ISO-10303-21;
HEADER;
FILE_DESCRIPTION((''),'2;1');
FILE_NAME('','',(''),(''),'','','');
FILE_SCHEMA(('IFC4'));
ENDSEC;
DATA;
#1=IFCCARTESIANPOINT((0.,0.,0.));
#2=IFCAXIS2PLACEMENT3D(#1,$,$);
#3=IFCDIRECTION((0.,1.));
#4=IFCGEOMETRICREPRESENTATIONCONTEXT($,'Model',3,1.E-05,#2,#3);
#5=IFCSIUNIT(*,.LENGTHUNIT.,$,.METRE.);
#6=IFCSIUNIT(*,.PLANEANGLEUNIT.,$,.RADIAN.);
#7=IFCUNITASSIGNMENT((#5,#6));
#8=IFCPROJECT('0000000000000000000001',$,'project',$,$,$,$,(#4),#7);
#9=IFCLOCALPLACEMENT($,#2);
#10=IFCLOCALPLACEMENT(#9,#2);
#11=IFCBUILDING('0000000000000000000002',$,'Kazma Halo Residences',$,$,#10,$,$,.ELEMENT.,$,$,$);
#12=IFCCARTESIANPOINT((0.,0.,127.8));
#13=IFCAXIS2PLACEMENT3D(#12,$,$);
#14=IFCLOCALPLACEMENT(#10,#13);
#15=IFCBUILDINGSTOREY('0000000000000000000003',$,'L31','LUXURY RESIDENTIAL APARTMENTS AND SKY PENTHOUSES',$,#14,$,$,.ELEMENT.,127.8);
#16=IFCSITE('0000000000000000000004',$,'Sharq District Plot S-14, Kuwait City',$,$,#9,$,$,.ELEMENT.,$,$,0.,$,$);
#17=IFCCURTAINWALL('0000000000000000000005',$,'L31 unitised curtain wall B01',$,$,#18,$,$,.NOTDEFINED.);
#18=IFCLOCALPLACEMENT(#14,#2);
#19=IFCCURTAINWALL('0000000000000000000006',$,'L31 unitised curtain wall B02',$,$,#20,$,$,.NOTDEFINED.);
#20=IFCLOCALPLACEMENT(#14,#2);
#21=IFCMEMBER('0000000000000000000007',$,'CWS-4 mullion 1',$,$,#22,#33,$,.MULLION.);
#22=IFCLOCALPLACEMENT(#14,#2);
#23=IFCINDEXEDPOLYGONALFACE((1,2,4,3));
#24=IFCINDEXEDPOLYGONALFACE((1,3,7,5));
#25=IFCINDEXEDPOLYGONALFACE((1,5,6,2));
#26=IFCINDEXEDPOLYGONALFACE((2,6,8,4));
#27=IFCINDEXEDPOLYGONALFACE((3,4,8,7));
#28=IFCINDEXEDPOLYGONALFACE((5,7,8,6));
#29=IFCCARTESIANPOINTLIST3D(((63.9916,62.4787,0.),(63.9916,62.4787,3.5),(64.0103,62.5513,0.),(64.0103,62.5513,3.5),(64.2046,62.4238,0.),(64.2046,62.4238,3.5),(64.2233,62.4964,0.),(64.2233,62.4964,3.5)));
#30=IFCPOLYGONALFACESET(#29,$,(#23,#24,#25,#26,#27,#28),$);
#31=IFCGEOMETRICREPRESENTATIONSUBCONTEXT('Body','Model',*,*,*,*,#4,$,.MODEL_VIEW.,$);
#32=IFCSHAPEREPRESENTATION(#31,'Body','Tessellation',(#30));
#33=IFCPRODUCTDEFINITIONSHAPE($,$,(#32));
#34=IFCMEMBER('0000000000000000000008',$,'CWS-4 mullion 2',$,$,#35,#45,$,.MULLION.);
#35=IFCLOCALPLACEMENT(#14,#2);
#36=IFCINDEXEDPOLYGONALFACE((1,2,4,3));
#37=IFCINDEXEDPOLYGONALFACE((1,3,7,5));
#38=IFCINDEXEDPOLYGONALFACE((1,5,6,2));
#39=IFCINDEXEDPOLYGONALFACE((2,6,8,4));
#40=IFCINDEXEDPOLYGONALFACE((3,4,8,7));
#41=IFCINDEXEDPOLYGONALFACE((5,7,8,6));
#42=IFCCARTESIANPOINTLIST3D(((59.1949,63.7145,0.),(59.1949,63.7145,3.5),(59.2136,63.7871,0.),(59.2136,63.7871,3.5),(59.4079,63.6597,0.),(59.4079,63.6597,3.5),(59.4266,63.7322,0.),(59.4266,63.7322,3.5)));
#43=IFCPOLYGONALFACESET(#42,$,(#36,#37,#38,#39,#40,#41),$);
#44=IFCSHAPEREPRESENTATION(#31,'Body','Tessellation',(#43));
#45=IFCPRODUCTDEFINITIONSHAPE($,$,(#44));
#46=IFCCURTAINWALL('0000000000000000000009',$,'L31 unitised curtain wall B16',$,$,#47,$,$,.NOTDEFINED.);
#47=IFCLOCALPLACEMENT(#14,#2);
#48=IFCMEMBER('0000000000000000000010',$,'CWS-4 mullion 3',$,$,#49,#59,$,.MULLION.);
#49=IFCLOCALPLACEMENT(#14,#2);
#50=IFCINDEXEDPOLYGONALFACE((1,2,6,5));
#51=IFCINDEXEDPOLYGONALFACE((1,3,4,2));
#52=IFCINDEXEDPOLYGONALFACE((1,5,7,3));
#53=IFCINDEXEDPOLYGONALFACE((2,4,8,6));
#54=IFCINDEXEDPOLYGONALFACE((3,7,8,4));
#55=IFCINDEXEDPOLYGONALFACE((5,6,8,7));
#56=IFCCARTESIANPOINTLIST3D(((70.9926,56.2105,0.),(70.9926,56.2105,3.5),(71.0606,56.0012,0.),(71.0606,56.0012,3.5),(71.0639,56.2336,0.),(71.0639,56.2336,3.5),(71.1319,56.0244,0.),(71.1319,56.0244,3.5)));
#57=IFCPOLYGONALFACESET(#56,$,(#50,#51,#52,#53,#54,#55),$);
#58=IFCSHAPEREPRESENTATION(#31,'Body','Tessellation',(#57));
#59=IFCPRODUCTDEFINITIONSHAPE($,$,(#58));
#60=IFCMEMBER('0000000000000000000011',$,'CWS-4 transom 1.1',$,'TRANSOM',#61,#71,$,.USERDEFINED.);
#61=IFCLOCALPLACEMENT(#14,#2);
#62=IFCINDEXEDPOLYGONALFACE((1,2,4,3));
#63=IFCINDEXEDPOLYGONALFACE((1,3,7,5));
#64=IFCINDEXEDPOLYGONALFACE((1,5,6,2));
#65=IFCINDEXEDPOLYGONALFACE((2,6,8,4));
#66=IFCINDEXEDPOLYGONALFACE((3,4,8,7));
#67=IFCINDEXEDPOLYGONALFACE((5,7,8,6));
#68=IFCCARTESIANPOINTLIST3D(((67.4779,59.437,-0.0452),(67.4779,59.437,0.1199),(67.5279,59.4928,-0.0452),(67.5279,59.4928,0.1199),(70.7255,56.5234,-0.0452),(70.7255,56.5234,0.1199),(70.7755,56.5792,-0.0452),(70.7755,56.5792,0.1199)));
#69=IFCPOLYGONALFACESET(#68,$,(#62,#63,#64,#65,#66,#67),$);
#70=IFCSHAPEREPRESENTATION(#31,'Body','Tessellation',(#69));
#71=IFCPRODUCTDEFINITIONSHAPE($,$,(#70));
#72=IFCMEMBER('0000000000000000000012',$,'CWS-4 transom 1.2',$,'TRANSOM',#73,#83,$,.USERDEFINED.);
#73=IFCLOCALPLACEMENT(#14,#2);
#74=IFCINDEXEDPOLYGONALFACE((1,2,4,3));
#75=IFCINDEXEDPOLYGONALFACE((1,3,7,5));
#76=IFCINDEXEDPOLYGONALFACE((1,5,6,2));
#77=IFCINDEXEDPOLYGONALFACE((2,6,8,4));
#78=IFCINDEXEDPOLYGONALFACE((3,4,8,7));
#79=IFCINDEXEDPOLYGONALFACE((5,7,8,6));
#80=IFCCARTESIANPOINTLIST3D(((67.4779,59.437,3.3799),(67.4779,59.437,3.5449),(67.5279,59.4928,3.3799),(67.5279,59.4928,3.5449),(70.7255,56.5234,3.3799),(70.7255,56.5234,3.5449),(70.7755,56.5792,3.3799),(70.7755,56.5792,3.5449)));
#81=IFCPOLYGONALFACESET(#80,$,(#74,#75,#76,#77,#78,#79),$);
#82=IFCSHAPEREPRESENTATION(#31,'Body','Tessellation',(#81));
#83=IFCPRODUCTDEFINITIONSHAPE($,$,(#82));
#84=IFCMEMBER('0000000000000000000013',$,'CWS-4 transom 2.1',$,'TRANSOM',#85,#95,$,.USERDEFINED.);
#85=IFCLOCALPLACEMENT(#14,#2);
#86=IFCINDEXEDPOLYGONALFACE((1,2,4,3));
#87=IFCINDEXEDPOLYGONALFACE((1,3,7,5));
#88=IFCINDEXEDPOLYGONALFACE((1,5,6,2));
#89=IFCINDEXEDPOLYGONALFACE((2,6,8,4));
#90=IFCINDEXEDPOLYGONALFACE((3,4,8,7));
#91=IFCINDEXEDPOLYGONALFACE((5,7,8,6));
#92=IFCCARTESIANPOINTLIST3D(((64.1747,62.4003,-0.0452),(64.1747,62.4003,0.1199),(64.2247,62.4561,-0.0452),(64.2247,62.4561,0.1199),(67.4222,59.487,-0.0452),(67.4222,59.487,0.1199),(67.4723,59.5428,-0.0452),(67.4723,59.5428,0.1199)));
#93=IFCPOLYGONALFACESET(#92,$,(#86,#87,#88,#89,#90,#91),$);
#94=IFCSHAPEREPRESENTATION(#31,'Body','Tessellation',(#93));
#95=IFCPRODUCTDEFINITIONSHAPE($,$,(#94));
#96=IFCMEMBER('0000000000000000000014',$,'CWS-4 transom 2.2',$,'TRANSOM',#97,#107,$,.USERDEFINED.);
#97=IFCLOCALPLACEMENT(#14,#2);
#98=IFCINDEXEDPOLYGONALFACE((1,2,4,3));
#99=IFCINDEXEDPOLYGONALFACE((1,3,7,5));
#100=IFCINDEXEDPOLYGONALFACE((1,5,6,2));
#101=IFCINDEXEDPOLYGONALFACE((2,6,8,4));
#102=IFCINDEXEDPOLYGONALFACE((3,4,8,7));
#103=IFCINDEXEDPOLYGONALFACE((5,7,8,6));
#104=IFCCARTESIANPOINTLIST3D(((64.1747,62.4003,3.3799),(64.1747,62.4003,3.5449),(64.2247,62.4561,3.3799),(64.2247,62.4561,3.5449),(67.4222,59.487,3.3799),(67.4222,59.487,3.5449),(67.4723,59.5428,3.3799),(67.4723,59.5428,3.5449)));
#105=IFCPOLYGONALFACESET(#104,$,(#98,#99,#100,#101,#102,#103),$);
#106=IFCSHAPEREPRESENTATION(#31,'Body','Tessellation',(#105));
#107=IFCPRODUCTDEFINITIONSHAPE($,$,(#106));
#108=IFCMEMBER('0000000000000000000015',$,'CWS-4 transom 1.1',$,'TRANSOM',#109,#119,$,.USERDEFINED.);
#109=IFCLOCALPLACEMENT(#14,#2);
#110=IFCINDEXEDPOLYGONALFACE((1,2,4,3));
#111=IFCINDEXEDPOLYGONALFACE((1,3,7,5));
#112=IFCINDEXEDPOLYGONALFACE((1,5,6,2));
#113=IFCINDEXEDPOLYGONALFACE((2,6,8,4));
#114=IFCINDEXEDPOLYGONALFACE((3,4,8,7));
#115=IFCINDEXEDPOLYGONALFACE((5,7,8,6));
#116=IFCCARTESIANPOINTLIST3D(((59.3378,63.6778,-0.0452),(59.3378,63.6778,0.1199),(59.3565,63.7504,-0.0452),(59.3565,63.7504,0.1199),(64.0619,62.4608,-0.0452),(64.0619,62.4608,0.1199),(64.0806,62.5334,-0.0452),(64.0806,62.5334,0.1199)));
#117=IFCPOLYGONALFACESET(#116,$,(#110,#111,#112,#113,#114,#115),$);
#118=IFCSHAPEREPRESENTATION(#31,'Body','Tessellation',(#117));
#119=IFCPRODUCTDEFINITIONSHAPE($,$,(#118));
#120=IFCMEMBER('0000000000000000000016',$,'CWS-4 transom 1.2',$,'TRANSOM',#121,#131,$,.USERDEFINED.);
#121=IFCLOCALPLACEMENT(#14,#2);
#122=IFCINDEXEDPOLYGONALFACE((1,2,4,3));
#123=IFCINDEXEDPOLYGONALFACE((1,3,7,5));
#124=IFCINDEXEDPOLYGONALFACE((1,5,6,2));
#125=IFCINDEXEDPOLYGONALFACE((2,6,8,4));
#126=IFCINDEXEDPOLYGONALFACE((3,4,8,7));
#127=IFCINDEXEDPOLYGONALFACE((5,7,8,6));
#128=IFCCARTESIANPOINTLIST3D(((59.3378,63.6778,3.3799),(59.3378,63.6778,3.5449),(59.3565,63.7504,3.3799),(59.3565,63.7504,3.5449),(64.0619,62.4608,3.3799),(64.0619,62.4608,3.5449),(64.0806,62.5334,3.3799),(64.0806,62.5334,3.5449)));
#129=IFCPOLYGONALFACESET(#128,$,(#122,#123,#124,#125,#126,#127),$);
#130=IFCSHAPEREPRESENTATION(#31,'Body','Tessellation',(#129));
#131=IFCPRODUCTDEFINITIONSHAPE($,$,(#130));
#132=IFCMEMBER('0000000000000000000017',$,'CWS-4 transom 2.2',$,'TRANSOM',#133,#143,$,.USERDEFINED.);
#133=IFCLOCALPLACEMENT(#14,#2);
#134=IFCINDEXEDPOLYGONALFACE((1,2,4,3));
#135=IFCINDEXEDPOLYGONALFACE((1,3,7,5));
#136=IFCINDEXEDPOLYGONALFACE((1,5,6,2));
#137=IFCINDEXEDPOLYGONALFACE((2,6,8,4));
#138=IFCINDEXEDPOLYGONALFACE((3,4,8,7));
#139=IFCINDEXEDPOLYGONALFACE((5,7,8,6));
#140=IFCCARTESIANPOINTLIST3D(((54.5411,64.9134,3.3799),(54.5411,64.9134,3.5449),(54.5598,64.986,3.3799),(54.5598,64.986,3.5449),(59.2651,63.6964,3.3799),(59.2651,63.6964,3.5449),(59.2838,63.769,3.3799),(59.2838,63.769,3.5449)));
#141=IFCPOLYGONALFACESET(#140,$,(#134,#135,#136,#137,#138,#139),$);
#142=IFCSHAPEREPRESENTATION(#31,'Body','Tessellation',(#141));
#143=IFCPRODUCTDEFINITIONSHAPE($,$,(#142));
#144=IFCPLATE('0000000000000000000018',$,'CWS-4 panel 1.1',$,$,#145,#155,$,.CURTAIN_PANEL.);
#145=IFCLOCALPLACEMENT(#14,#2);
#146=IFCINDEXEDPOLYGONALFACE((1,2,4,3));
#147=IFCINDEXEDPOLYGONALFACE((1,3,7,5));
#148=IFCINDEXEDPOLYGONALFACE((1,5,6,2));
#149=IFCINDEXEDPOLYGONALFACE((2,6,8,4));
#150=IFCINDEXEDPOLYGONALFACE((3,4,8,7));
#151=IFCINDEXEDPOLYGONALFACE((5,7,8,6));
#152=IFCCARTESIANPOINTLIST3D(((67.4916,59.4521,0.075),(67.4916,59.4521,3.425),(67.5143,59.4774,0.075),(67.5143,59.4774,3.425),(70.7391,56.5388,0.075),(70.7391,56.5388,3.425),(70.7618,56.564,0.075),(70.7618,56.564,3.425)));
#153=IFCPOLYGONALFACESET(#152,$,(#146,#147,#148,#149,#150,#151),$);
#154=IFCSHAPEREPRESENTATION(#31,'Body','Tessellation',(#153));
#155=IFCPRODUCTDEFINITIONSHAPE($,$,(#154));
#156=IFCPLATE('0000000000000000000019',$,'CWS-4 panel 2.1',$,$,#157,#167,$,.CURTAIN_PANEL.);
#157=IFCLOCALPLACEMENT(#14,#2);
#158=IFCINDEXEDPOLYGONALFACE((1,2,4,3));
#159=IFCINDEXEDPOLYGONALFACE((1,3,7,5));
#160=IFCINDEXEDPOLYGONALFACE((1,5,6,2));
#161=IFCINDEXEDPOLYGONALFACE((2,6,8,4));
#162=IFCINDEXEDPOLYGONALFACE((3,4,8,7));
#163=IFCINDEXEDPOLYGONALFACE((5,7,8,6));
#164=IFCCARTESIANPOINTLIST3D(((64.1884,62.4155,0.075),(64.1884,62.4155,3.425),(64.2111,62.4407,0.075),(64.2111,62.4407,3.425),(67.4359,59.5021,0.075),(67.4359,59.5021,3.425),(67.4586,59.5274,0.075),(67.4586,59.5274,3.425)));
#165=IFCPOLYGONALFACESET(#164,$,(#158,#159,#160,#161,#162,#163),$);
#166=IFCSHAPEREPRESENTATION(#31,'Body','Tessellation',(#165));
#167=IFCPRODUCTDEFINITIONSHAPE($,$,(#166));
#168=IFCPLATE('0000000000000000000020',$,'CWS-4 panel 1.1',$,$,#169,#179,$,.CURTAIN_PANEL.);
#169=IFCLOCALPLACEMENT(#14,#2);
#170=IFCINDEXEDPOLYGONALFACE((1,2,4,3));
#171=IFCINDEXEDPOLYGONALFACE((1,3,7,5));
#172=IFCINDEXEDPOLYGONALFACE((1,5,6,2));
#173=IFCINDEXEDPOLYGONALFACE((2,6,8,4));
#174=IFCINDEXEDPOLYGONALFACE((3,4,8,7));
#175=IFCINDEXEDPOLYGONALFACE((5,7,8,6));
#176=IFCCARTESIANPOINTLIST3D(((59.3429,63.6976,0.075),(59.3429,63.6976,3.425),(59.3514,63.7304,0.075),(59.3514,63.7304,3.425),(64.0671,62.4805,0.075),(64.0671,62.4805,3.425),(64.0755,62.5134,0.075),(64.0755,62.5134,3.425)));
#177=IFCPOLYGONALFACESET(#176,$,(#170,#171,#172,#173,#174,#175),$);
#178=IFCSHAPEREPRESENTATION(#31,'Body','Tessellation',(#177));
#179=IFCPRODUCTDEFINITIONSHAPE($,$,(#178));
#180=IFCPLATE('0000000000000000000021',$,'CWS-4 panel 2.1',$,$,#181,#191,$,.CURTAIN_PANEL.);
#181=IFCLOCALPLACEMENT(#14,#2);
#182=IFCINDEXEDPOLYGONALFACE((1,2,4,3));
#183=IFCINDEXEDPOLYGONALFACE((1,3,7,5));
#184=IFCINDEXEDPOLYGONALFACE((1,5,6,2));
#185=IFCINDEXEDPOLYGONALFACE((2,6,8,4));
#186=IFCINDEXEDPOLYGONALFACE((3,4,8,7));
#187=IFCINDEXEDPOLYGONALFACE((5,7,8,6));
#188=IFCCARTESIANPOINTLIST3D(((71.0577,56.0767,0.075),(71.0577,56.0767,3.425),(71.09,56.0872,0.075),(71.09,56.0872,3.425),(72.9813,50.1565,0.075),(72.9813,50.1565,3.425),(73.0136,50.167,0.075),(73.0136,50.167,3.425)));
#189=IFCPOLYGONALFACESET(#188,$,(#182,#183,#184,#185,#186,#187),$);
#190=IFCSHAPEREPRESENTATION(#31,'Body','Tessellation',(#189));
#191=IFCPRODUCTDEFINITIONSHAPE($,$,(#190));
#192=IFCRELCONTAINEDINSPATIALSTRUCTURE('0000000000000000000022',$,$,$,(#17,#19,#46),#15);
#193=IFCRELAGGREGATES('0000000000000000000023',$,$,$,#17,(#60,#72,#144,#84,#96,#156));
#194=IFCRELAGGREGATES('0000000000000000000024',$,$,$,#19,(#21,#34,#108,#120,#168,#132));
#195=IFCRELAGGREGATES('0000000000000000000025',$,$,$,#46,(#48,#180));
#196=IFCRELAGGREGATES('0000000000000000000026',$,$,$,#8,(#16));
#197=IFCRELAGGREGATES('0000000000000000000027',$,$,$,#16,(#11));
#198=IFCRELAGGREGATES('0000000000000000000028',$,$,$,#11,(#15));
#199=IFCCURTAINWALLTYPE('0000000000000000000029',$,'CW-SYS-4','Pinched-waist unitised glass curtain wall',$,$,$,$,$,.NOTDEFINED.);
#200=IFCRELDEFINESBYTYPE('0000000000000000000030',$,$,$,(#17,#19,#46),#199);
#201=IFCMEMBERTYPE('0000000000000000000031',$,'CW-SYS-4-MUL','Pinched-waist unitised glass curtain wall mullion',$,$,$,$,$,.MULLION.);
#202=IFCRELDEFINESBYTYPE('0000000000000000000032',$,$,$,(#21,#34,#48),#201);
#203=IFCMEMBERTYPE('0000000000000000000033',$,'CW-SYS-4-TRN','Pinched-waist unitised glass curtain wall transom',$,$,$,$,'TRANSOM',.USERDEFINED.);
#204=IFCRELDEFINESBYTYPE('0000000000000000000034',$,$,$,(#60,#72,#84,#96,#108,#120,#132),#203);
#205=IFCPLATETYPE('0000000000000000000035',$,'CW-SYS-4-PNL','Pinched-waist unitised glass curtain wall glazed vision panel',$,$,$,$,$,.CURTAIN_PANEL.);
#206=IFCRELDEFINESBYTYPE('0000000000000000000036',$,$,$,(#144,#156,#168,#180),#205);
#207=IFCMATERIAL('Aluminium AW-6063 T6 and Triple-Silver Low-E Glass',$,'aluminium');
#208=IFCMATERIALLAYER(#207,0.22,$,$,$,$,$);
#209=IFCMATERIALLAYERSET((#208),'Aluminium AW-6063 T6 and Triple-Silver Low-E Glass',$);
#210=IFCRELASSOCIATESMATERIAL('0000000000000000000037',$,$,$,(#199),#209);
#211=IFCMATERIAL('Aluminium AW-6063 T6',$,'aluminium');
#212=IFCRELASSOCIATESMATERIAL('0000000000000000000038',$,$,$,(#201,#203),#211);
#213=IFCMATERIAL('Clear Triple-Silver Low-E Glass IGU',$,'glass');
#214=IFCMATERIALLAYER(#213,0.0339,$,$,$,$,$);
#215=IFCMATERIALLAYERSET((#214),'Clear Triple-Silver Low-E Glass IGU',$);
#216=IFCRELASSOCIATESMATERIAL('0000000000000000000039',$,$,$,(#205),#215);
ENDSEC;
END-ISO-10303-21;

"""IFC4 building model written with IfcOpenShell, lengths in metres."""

from ifc_helpers import new_model, si_unit, direction, frame, origin, origin_2d, place, context, subcontext, project, spatial, rectangle, extrude, material, layer, layer_set, material_profile, profile_set, type_object, element, aggregate, save


model = new_model("IFC4")

# Units and contexts
model_context = context("Model", 3, precision=1e-05, world=origin(), true_north=direction((0.0, 1.0)))
body_context = subcontext(model_context, "Body", "Model", "MODEL_VIEW")
ifc_project = project(units=[si_unit("LENGTHUNIT", "METRE"), si_unit("PLANEANGLEUNIT", "RADIAN")], contexts=[model_context])

# Site, building, storey
site_placement = place(None, origin())
site = spatial("IfcSite", under=ifc_project, at=site_placement, Name="Sharq District Plot S-14, Kuwait City", CompositionType="ELEMENT", RefElevation=0.0)
building_placement = place(site_placement, origin())
building = spatial("IfcBuilding", under=site, at=building_placement, Name="Kazma Halo Residences", CompositionType="ELEMENT")
storey_placement = place(building_placement, frame((0.0, 0.0, 127.8)))
storey = spatial("IfcBuildingStorey", under=building, at=storey_placement, Name="L31", Description="LUXURY RESIDENTIAL APARTMENTS AND SKY PENTHOUSES", CompositionType="ELEMENT", Elevation=127.8)

# Curtain walls, members
ifc_material_1 = material(Name="Aluminium AW-6063 T6 and Triple-Silver Low-E Glass", Category="aluminium")
ifc_layer_1 = layer(ifc_material_1, 0.22)
ifc_layer_set_1 = layer_set([ifc_layer_1], Name="Aluminium AW-6063 T6 and Triple-Silver Low-E Glass")
curtain_wall_type = type_object("IfcCurtainWallType", Name="CW-SYS-4", Description="Pinched-waist unitised glass curtain wall", PredefinedType="NOTDEFINED", material=ifc_layer_set_1)
curtain_wall_1_placement = place(storey_placement, origin())
curtain_wall_1 = element("IfcCurtainWall", 1, at=curtain_wall_1_placement, inside=storey, type_object=curtain_wall_type, Name="L31 unitised curtain wall B01", PredefinedType="NOTDEFINED")
ifc_material_2 = material(Name="Aluminium AW-6063 T6", Category="aluminium")
ifc_material_profile_1 = material_profile(ifc_material_2, rectangle(XDim=0.075, YDim=0.22, at=origin_2d()), Name="CWM-75x220")
ifc_profile_set_1 = profile_set([ifc_material_profile_1], Name="Aluminium AW-6063 T6")
member_type_1 = type_object("IfcMemberType", Name="CW-SYS-4-MUL", Description="Pinched-waist unitised glass curtain wall mullion", PredefinedType="MULLION", material=ifc_profile_set_1)
curtain_wall_2_placement = place(storey_placement, origin())
curtain_wall_2 = element("IfcCurtainWall", 2, at=curtain_wall_2_placement, inside=storey, type_object=curtain_wall_type, Name="L31 unitised curtain wall B02", PredefinedType="NOTDEFINED")
member_1_placement = place(storey_placement, frame((64.1074, 62.4875, 0.0), z_axis=(0.0, 0.0, 1.0), x_axis=(-0.249479, -0.96838, 0.0)))
member_1 = element("IfcMember", 3, at=member_1_placement, type_object=member_type_1, Name="CWS-4 mullion 1", PredefinedType="MULLION", context=body_context, shape_type="SweptSolid", body=[
    extrude(rectangle(XDim=0.075, YDim=0.22, at=origin_2d()), origin(), (0.0, 0.0, 1.0), 3.5),
])
member_2_placement = place(storey_placement, frame((59.3108, 63.7234, 0.0), z_axis=(0.0, 0.0, 1.0), x_axis=(-0.249479, -0.96838, 0.0)))
member_2 = element("IfcMember", 4, at=member_2_placement, type_object=member_type_1, Name="CWS-4 mullion 2", PredefinedType="MULLION", context=body_context, shape_type="SweptSolid", body=[
    extrude(rectangle(XDim=0.075, YDim=0.22, at=origin_2d()), origin(), (0.0, 0.0, 1.0), 3.5),
])

# Curtain wall, member
curtain_wall_3_placement = place(storey_placement, origin())
curtain_wall_3 = element("IfcCurtainWall", 5, at=curtain_wall_3_placement, inside=storey, type_object=curtain_wall_type, Name="L31 unitised curtain wall B16", PredefinedType="NOTDEFINED")
member_3_placement = place(storey_placement, frame((71.0623, 56.1174, 0.0), z_axis=(0.0, 0.0, 1.0), x_axis=(-0.951058, -0.309014, 0.0)))
member_3 = element("IfcMember", 6, at=member_3_placement, type_object=member_type_1, Name="CWS-4 mullion 3", PredefinedType="MULLION", context=body_context, shape_type="SweptSolid", body=[
    extrude(rectangle(XDim=0.075, YDim=0.22, at=origin_2d()), origin(), (0.0, 0.0, 1.0), 3.5),
])

# Members
ifc_material_profile_2 = material_profile(ifc_material_2, rectangle(XDim=0.075, YDim=0.165, at=origin_2d()), Name="CWT-75x165")
ifc_profile_set_2 = profile_set([ifc_material_profile_2], Name="Aluminium AW-6063 T6")
member_type_2 = type_object("IfcMemberType", Name="CW-SYS-4-TRN", Description="Pinched-waist unitised glass curtain wall transom", ElementType="TRANSOM", PredefinedType="USERDEFINED", material=ifc_profile_set_2)
member_4_placement = place(storey_placement, frame((70.7505, 56.5513, 0.0374), z_axis=(-0.744345, 0.667795, 0.0), x_axis=(-0.667795, -0.744345, 0.0)))
member_4 = element("IfcMember", 7, at=member_4_placement, type_object=member_type_2, Name="CWS-4 transom 1.1", ObjectType="TRANSOM", PredefinedType="USERDEFINED", context=body_context, shape_type="SweptSolid", body=[
    extrude(rectangle(XDim=0.075, YDim=0.165, at=origin_2d()), origin(), (0.0, 0.0, 1.0), 4.363),
])
member_5_placement = place(storey_placement, frame((70.7505, 56.5513, 3.4624), z_axis=(-0.744345, 0.667795, 0.0), x_axis=(-0.667795, -0.744345, 0.0)))
member_5 = element("IfcMember", 8, at=member_5_placement, type_object=member_type_2, Name="CWS-4 transom 1.2", ObjectType="TRANSOM", PredefinedType="USERDEFINED", context=body_context, shape_type="SweptSolid", body=[
    extrude(rectangle(XDim=0.075, YDim=0.165, at=origin_2d()), origin(), (0.0, 0.0, 1.0), 4.363),
])
member_6_placement = place(storey_placement, frame((67.4473, 59.5149, 0.0374), z_axis=(-0.744373, 0.667764, 0.0), x_axis=(-0.667764, -0.744373, 0.0)))
member_6 = element("IfcMember", 9, at=member_6_placement, type_object=member_type_2, Name="CWS-4 transom 2.1", ObjectType="TRANSOM", PredefinedType="USERDEFINED", context=body_context, shape_type="SweptSolid", body=[
    extrude(rectangle(XDim=0.075, YDim=0.165, at=origin_2d()), origin(), (0.0, 0.0, 1.0), 4.3628),
])
member_7_placement = place(storey_placement, frame((67.4473, 59.5149, 3.4624), z_axis=(-0.744373, 0.667764, 0.0), x_axis=(-0.667764, -0.744373, 0.0)))
member_7 = element("IfcMember", 10, at=member_7_placement, type_object=member_type_2, Name="CWS-4 transom 2.2", ObjectType="TRANSOM", PredefinedType="USERDEFINED", context=body_context, shape_type="SweptSolid", body=[
    extrude(rectangle(XDim=0.075, YDim=0.165, at=origin_2d()), origin(), (0.0, 0.0, 1.0), 4.3628),
])
member_8_placement = place(storey_placement, frame((64.0713, 62.4971, 0.0374), z_axis=(-0.968381, 0.249477, 0.0), x_axis=(-0.249477, -0.968381, 0.0)))
member_8 = element("IfcMember", 11, at=member_8_placement, type_object=member_type_2, Name="CWS-4 transom 1.1", ObjectType="TRANSOM", PredefinedType="USERDEFINED", context=body_context, shape_type="SweptSolid", body=[
    extrude(rectangle(XDim=0.075, YDim=0.165, at=origin_2d()), origin(), (0.0, 0.0, 1.0), 4.8784),
])
member_9_placement = place(storey_placement, frame((64.0713, 62.4971, 3.4624), z_axis=(-0.968381, 0.249477, 0.0), x_axis=(-0.249477, -0.968381, 0.0)))
member_9 = element("IfcMember", 12, at=member_9_placement, type_object=member_type_2, Name="CWS-4 transom 1.2", ObjectType="TRANSOM", PredefinedType="USERDEFINED", context=body_context, shape_type="SweptSolid", body=[
    extrude(rectangle(XDim=0.075, YDim=0.165, at=origin_2d()), origin(), (0.0, 0.0, 1.0), 4.8784),
])
member_10_placement = place(storey_placement, frame((59.2744, 63.7327, 3.4624), z_axis=(-0.968378, 0.249489, 0.0), x_axis=(-0.249489, -0.968378, 0.0)))
member_10 = element("IfcMember", 13, at=member_10_placement, type_object=member_type_2, Name="CWS-4 transom 2.2", ObjectType="TRANSOM", PredefinedType="USERDEFINED", context=body_context, shape_type="SweptSolid", body=[
    extrude(rectangle(XDim=0.075, YDim=0.165, at=origin_2d()), origin(), (0.0, 0.0, 1.0), 4.8782),
])

# Plates
ifc_material_3 = material(Name="Clear Triple-Silver Low-E Glass IGU", Category="glass")
ifc_layer_2 = layer(ifc_material_3, 0.0339)
ifc_layer_set_2 = layer_set([ifc_layer_2], Name="Clear Triple-Silver Low-E Glass IGU")
plate_type = type_object("IfcPlateType", Name="CW-SYS-4-PNL", Description="Pinched-waist unitised glass curtain wall glazed vision panel", PredefinedType="CURTAIN_PANEL", material=ifc_layer_set_2)
plate_1_placement = place(storey_placement, frame((69.1267, 58.0081, 0.075), z_axis=(0.0, 0.0, 1.0), x_axis=(-0.744368, 0.66777, 0.0)))
plate_1 = element("IfcPlate", 14, at=plate_1_placement, type_object=plate_type, Name="CWS-4 panel 1.1", PredefinedType="CURTAIN_PANEL", context=body_context, shape_type="SweptSolid", body=[
    extrude(rectangle(XDim=4.3628, YDim=0.0339, at=origin_2d()), origin(), (0.0, 0.0, 1.0), 3.3501),
])
plate_2_placement = place(storey_placement, frame((65.8235, 60.9714, 0.075), z_axis=(0.0, 0.0, 1.0), x_axis=(-0.744368, 0.66777, 0.0)))
plate_2 = element("IfcPlate", 15, at=plate_2_placement, type_object=plate_type, Name="CWS-4 panel 2.1", PredefinedType="CURTAIN_PANEL", context=body_context, shape_type="SweptSolid", body=[
    extrude(rectangle(XDim=4.3628, YDim=0.0339, at=origin_2d()), origin(), (0.0, 0.0, 1.0), 3.3501),
])
aggregate(curtain_wall_1, [member_4, member_5, plate_1, member_6, member_7, plate_2])
plate_3_placement = place(storey_placement, frame((61.7092, 63.1055, 0.075), z_axis=(0.0, 0.0, 1.0), x_axis=(-0.96838, 0.249479, 0.0)))
plate_3 = element("IfcPlate", 16, at=plate_3_placement, type_object=plate_type, Name="CWS-4 panel 1.1", PredefinedType="CURTAIN_PANEL", context=body_context, shape_type="SweptSolid", body=[
    extrude(rectangle(XDim=4.8784, YDim=0.0339, at=origin_2d()), origin(), (0.0, 0.0, 1.0), 3.3501),
])
aggregate(curtain_wall_2, [member_1, member_2, member_8, member_9, plate_3, member_10])
plate_4_placement = place(storey_placement, frame((72.0356, 53.1218, 0.075), z_axis=(0.0, 0.0, 1.0), x_axis=(-0.309014, 0.951058, 0.0)))
plate_4 = element("IfcPlate", 17, at=plate_4_placement, type_object=plate_type, Name="CWS-4 panel 2.1", PredefinedType="CURTAIN_PANEL", context=body_context, shape_type="SweptSolid", body=[
    extrude(rectangle(XDim=6.2249, YDim=0.0339, at=origin_2d()), origin(), (0.0, 0.0, 1.0), 3.3501),
])
aggregate(curtain_wall_3, [member_3, plate_4])

save(model, "model.ifc")
